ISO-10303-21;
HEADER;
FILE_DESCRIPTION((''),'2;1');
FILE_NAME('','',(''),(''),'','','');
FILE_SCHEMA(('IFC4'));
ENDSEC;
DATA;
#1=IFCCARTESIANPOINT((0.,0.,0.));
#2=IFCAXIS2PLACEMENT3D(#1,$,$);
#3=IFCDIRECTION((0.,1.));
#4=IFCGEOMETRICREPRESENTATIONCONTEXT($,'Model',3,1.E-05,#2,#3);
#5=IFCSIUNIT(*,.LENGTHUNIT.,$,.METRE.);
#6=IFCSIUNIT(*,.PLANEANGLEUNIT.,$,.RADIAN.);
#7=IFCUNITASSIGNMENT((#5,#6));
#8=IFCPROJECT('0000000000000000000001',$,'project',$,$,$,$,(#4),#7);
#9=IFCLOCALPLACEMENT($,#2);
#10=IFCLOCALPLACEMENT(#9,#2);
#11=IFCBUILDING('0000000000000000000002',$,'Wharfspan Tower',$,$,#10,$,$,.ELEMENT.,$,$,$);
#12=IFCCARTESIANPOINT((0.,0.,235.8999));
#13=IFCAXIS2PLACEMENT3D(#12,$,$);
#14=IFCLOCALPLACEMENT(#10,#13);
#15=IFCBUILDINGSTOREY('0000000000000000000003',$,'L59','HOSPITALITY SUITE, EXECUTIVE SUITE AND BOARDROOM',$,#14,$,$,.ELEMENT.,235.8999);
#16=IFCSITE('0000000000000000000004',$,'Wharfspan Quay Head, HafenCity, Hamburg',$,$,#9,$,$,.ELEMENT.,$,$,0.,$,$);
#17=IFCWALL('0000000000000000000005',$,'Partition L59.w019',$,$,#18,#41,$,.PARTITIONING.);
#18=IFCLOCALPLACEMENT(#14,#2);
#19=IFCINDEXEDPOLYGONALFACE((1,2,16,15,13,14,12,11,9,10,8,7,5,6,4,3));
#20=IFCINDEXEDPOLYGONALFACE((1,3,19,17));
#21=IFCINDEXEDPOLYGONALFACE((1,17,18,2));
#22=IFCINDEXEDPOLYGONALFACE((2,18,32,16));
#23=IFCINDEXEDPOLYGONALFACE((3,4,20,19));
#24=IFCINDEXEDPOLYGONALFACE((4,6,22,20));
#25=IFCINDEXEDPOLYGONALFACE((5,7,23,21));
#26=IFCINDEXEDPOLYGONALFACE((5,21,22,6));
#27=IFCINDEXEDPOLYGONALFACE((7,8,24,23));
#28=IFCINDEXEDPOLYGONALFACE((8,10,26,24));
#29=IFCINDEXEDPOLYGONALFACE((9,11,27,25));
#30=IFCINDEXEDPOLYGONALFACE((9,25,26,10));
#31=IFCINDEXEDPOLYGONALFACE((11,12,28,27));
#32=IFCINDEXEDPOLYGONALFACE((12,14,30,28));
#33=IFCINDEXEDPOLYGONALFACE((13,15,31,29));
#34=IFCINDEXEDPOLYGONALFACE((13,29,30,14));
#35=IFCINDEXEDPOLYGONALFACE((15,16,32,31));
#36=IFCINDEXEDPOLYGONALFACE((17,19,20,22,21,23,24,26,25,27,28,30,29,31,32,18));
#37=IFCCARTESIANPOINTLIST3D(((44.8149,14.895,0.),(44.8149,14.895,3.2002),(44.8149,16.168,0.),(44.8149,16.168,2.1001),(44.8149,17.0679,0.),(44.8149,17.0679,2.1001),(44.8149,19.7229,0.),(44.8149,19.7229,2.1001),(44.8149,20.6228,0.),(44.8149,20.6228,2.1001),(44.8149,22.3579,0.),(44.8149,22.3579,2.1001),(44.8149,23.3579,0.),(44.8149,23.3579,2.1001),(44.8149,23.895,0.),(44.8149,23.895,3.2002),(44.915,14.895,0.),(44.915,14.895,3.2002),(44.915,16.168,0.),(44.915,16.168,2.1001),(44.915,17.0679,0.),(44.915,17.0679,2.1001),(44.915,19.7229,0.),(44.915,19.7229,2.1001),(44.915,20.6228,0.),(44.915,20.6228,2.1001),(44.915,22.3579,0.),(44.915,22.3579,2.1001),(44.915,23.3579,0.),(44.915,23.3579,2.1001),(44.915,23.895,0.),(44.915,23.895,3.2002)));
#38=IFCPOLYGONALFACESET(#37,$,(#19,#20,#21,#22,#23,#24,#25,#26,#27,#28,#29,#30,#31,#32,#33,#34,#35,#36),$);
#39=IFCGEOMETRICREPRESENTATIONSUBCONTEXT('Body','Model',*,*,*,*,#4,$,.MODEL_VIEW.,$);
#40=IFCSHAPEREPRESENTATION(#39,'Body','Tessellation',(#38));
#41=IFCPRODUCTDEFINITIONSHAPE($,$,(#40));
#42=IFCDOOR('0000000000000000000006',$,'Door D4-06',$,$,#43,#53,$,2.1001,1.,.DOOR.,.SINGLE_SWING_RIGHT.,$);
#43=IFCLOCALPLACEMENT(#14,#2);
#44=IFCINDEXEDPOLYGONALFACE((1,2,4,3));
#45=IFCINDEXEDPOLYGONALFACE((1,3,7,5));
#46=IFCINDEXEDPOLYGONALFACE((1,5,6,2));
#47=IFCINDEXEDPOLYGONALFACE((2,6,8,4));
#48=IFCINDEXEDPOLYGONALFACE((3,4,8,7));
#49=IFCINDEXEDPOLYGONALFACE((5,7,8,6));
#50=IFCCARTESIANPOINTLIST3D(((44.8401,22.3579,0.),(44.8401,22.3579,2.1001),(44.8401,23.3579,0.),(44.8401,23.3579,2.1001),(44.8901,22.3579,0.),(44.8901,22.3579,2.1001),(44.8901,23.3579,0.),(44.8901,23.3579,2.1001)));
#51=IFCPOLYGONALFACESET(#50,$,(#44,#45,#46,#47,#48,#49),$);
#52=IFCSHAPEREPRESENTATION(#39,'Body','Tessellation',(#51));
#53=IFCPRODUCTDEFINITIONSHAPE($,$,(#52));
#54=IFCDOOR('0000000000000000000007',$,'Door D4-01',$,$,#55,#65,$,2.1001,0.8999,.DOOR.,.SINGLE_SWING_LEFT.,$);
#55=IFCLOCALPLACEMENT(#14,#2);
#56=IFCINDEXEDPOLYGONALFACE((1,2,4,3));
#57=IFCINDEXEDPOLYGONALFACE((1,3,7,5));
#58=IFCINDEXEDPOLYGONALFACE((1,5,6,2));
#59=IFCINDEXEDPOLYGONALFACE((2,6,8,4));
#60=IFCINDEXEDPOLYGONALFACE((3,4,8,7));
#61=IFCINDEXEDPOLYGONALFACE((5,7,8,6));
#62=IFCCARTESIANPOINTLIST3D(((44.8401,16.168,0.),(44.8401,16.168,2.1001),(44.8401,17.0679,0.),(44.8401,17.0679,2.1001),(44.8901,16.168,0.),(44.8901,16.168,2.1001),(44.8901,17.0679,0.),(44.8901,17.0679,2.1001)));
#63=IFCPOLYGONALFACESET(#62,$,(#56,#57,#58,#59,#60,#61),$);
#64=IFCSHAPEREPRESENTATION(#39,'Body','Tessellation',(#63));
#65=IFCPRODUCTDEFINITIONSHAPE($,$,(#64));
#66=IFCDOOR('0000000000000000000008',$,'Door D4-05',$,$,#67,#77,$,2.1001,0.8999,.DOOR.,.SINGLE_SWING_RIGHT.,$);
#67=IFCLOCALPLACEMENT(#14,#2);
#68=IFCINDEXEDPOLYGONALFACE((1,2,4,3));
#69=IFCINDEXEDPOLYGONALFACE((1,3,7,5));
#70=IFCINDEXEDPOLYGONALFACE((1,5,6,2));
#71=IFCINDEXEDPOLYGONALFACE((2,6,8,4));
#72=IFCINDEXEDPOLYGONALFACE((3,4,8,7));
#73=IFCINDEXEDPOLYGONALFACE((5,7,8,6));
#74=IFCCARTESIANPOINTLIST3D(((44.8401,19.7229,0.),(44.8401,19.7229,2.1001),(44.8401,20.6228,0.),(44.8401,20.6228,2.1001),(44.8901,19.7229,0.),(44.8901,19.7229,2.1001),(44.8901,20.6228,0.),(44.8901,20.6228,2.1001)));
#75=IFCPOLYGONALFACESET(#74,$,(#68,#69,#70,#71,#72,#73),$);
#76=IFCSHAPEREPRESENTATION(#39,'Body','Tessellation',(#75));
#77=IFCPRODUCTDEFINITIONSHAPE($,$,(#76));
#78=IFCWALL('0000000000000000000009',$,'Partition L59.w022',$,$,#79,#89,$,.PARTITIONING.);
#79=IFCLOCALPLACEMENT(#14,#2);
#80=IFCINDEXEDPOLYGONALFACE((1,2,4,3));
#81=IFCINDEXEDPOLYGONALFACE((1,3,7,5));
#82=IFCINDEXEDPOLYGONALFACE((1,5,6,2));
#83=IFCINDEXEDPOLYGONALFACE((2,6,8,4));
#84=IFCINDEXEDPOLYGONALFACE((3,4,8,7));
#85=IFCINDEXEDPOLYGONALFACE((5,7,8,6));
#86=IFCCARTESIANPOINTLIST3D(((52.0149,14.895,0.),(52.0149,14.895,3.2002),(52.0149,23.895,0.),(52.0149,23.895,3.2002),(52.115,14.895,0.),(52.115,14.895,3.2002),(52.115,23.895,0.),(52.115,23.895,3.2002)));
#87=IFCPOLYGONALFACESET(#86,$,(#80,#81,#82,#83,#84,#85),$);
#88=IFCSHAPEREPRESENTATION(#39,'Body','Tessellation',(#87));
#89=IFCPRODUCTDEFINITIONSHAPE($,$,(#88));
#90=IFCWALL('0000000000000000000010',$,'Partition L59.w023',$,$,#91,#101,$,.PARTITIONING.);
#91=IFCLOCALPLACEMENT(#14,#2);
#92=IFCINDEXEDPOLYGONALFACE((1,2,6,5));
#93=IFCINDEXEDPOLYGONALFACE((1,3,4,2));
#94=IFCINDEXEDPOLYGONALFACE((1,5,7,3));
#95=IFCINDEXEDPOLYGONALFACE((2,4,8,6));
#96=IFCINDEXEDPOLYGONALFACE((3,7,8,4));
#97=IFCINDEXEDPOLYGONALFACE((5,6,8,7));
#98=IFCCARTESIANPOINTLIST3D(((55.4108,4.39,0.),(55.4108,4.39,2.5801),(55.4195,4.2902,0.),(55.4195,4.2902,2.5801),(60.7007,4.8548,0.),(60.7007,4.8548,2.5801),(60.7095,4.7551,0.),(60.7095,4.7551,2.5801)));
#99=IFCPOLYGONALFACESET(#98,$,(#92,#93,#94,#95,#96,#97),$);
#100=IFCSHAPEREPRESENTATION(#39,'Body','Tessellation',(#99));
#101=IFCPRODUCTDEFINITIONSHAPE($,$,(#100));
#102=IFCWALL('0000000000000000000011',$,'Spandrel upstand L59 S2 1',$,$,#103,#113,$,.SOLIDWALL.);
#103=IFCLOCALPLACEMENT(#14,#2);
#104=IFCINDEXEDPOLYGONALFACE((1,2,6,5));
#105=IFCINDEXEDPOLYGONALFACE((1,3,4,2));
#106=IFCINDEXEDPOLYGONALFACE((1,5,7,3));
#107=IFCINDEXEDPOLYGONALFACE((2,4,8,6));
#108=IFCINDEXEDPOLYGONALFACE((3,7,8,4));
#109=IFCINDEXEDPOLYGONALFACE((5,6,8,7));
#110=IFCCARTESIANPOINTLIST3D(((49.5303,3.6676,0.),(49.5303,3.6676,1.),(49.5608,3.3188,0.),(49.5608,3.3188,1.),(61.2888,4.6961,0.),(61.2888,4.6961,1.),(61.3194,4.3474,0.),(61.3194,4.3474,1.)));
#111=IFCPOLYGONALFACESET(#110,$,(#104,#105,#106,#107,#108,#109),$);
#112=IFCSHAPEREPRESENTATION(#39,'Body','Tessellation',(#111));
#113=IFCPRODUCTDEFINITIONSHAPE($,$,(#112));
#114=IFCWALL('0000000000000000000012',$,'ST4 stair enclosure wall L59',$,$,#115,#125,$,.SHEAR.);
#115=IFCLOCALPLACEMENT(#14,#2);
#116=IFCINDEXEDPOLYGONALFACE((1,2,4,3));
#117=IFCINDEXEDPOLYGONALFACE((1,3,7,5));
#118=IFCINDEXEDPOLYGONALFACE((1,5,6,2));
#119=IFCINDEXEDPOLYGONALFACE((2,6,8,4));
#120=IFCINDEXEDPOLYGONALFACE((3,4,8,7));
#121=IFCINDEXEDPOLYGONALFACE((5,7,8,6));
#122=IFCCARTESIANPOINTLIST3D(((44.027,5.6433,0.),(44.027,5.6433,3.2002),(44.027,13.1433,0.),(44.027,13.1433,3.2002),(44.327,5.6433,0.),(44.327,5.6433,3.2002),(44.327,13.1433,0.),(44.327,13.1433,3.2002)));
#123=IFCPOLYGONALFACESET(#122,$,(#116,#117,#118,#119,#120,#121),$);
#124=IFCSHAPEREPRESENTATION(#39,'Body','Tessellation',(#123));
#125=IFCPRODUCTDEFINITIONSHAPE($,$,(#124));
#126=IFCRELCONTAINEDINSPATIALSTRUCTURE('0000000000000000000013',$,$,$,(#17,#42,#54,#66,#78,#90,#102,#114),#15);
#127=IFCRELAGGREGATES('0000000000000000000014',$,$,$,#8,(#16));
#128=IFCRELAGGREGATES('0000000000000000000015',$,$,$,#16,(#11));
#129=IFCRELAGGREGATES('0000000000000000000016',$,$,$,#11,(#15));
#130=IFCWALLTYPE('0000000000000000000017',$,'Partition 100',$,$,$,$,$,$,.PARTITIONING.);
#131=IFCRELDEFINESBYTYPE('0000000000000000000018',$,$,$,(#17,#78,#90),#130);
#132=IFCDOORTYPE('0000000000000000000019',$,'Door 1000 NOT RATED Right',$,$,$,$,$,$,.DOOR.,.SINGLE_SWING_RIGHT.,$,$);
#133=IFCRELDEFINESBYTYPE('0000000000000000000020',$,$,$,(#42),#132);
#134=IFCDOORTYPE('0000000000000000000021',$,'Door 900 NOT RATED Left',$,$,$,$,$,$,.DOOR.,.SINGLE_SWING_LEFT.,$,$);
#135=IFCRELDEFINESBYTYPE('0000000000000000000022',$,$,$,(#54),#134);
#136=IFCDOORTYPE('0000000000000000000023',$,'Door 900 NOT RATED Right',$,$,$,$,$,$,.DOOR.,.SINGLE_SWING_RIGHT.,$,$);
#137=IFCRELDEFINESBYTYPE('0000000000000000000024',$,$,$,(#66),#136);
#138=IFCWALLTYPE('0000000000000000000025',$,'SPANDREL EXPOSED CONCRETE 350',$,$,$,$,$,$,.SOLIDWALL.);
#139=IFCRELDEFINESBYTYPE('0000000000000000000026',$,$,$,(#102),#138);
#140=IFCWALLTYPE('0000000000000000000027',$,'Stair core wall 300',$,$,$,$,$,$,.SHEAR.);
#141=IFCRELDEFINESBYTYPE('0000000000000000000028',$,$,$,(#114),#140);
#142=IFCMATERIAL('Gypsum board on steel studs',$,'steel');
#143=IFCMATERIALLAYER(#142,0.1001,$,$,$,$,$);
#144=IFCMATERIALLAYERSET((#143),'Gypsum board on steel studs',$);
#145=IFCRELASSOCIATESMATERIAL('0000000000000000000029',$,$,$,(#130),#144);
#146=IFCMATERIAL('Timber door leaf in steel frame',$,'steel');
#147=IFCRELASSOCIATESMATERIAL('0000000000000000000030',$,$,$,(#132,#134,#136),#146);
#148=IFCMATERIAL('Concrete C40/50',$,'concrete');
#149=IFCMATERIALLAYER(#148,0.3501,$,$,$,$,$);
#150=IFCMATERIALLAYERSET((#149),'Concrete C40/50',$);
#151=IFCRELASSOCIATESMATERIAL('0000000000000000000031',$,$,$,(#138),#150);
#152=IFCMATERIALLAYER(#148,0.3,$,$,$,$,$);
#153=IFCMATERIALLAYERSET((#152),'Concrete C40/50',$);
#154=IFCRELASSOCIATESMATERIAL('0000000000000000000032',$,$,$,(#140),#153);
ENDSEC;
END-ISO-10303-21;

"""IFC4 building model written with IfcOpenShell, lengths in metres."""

from ifc_helpers import new_model, si_unit, direction, frame, frame_2d, origin, place, context, subcontext, project, spatial, rectangle, extrude, material, layer, layer_set, type_object, element, fill, save


model = new_model("IFC4")

# Units and contexts
model_context = context("Model", 3, precision=1e-05, world=origin(), true_north=direction((0.0, 1.0)))
body_context = subcontext(model_context, "Body", "Model", "MODEL_VIEW")
ifc_project = project(units=[si_unit("LENGTHUNIT", "METRE"), si_unit("PLANEANGLEUNIT", "RADIAN")], contexts=[model_context])

# Site, building, storey
site_placement = place(None, origin())
site = spatial("IfcSite", under=ifc_project, at=site_placement, Name="Wharfspan Quay Head, HafenCity, Hamburg", CompositionType="ELEMENT", RefElevation=0.0)
building_placement = place(site_placement, origin())
building = spatial("IfcBuilding", under=site, at=building_placement, Name="Wharfspan Tower", CompositionType="ELEMENT")
storey_placement = place(building_placement, frame((0.0, 0.0, 235.8999)))
storey = spatial("IfcBuildingStorey", under=building, at=storey_placement, Name="L59", Description="HOSPITALITY SUITE, EXECUTIVE SUITE AND BOARDROOM", CompositionType="ELEMENT", Elevation=235.8999)

# Shared definitions
ifc_material_1 = material(Name="Gypsum board on steel studs", Category="steel")

# Shared definitions
ifc_layer_1 = layer(ifc_material_1, 0.1001)
ifc_layer_set_1 = layer_set([ifc_layer_1], Name="Gypsum board on steel studs")
wall_type_1 = type_object("IfcWallType", Name="Partition 100", PredefinedType="PARTITIONING", material=ifc_layer_set_1)

# Wall, openings, doors
wall_1_placement = place(storey_placement, frame((44.865, 14.895, 0.0), z_axis=(0.0, 0.0, 1.0), x_axis=(0.0, 1.0, 0.0)))
wall_1 = element("IfcWall", 1, at=wall_1_placement, inside=storey, type_object=wall_type_1, Name="Partition L59.w019", PredefinedType="PARTITIONING", context=body_context, shape_type="SweptSolid", body=[
    extrude(rectangle(XDim=9.0, YDim=0.1001, at=frame_2d((4.5, 0.0))), origin(), (0.0, 0.0, 1.0), 3.2002),
])
opening_1_placement = place(wall_1_placement, frame((1.2729, 0.0, 0.0)))
opening_1 = element("IfcOpeningElement", 2, at=opening_1_placement, cuts=wall_1, PredefinedType="OPENING", context=body_context, shape_type="SweptSolid", body=[
    extrude(rectangle(XDim=0.8999, YDim=2.1001, at=frame_2d((0.45, 1.05))), frame((0.0, 0.0601, 0.0), z_axis=(0.0, -1.0, 0.0), x_axis=(1.0, 0.0, 0.0)), (0.0, 0.0, 1.0), 0.1201),
])
opening_2_placement = place(wall_1_placement, frame((4.8279, 0.0, 0.0)))
opening_2 = element("IfcOpeningElement", 3, at=opening_2_placement, cuts=wall_1, PredefinedType="OPENING", context=body_context, shape_type="SweptSolid", body=[
    extrude(rectangle(XDim=0.8999, YDim=2.1001, at=frame_2d((0.45, 1.05))), frame((0.0, 0.0601, 0.0), z_axis=(0.0, -1.0, 0.0), x_axis=(1.0, 0.0, 0.0)), (0.0, 0.0, 1.0), 0.1201),
])
opening_3_placement = place(wall_1_placement, frame((7.4629, 0.0, 0.0)))
opening_3 = element("IfcOpeningElement", 4, at=opening_3_placement, cuts=wall_1, PredefinedType="OPENING", context=body_context, shape_type="SweptSolid", body=[
    extrude(rectangle(XDim=1.0, YDim=2.1001, at=frame_2d((0.5, 1.05))), frame((0.0, 0.0601, 0.0), z_axis=(0.0, -1.0, 0.0), x_axis=(1.0, 0.0, 0.0)), (0.0, 0.0, 1.0), 0.1201),
])
ifc_material_2 = material(Name="Timber door leaf in steel frame", Category="steel")
door_type_1 = type_object("IfcDoorType", Name="Door 1000 NOT RATED Right", OperationType="SINGLE_SWING_RIGHT", PredefinedType="DOOR", material=ifc_material_2)
door_1_placement = place(opening_3_placement, origin())
door_1 = element("IfcDoor", 5, at=door_1_placement, inside=storey, type_object=door_type_1, Name="Door D4-06", OperationType="SINGLE_SWING_RIGHT", OverallHeight=2.1001, OverallWidth=1.0, PredefinedType="DOOR", context=body_context, shape_type="SweptSolid", body=[
    extrude(rectangle(XDim=1.0, YDim=2.1001, at=frame_2d((0.5, 1.05))), frame((0.0, 0.0249, 0.0), z_axis=(0.0, -1.0, 0.0), x_axis=(1.0, 0.0, 0.0)), (0.0, 0.0, 1.0), 0.05),
])
fill(opening_3, door_1)
door_type_2 = type_object("IfcDoorType", Name="Door 900 NOT RATED Left", OperationType="SINGLE_SWING_LEFT", PredefinedType="DOOR", material=ifc_material_2)
door_2_placement = place(opening_1_placement, origin())
door_2 = element("IfcDoor", 6, at=door_2_placement, inside=storey, type_object=door_type_2, Name="Door D4-01", OperationType="SINGLE_SWING_LEFT", OverallHeight=2.1001, OverallWidth=0.8999, PredefinedType="DOOR", context=body_context, shape_type="SweptSolid", body=[
    extrude(rectangle(XDim=0.8999, YDim=2.1001, at=frame_2d((0.45, 1.05))), frame((0.0, 0.0249, 0.0), z_axis=(0.0, -1.0, 0.0), x_axis=(1.0, 0.0, 0.0)), (0.0, 0.0, 1.0), 0.05),
])
fill(opening_1, door_2)
door_type_3 = type_object("IfcDoorType", Name="Door 900 NOT RATED Right", OperationType="SINGLE_SWING_RIGHT", PredefinedType="DOOR", material=ifc_material_2)
door_3_placement = place(opening_2_placement, origin())
door_3 = element("IfcDoor", 7, at=door_3_placement, inside=storey, type_object=door_type_3, Name="Door D4-05", OperationType="SINGLE_SWING_RIGHT", OverallHeight=2.1001, OverallWidth=0.8999, PredefinedType="DOOR", context=body_context, shape_type="SweptSolid", body=[
    extrude(rectangle(XDim=0.8999, YDim=2.1001, at=frame_2d((0.45, 1.05))), frame((0.0, 0.0249, 0.0), z_axis=(0.0, -1.0, 0.0), x_axis=(1.0, 0.0, 0.0)), (0.0, 0.0, 1.0), 0.05),
])
fill(opening_2, door_3)

# Walls
wall_2_placement = place(storey_placement, frame((52.0649, 14.895, 0.0), z_axis=(0.0, 0.0, 1.0), x_axis=(0.0, 1.0, 0.0)))
element("IfcWall", 8, at=wall_2_placement, inside=storey, type_object=wall_type_1, Name="Partition L59.w022", PredefinedType="PARTITIONING", context=body_context, shape_type="SweptSolid", body=[
    extrude(rectangle(XDim=9.0, YDim=0.1001, at=frame_2d((4.5, 0.0))), origin(), (0.0, 0.0, 1.0), 3.2002),
])
wall_3_placement = place(storey_placement, frame((55.415, 4.3401, 0.0), z_axis=(0.0, 0.0, 1.0), x_axis=(0.996159, 0.087534, 0.0)))
element("IfcWall", 9, at=wall_3_placement, inside=storey, type_object=wall_type_1, Name="Partition L59.w023", PredefinedType="PARTITIONING", context=body_context, shape_type="SweptSolid", body=[
    extrude(rectangle(XDim=5.3103, YDim=0.1001, at=frame_2d((2.6553, 0.0))), origin(), (0.0, 0.0, 1.0), 2.5801),
])
ifc_material_3 = material(Name="Concrete C40/50", Category="concrete")
ifc_layer_2 = layer(ifc_material_3, 0.3501)
ifc_layer_set_2 = layer_set([ifc_layer_2], Name="Concrete C40/50")
wall_type_2 = type_object("IfcWallType", Name="SPANDREL EXPOSED CONCRETE 350", PredefinedType="SOLIDWALL", material=ifc_layer_set_2)
wall_4_placement = place(storey_placement, frame((49.5454, 3.4932, 0.0), z_axis=(0.0, 0.0, 1.0), x_axis=(0.996196, 0.087141, 0.0)))
element("IfcWall", 10, at=wall_4_placement, inside=storey, type_object=wall_type_2, Name="Spandrel upstand L59 S2 1", PredefinedType="SOLIDWALL", context=body_context, shape_type="SweptSolid", body=[
    extrude(rectangle(XDim=11.8035, YDim=0.3501, at=frame_2d((5.9019, 0.0))), origin(), (0.0, 0.0, 1.0), 1.0),
])
ifc_layer_3 = layer(ifc_material_3, 0.3)
ifc_layer_set_3 = layer_set([ifc_layer_3], Name="Concrete C40/50")
wall_type_3 = type_object("IfcWallType", Name="Stair core wall 300", PredefinedType="SHEAR", material=ifc_layer_set_3)
wall_5_placement = place(storey_placement, frame((44.177, 5.6433, 0.0), z_axis=(0.0, 0.0, 1.0), x_axis=(0.0, 1.0, 0.0)))
element("IfcWall", 11, at=wall_5_placement, inside=storey, type_object=wall_type_3, Name="ST4 stair enclosure wall L59", PredefinedType="SHEAR", context=body_context, shape_type="SweptSolid", body=[
    extrude(rectangle(XDim=7.5, YDim=0.3, at=frame_2d((3.75, 0.0))), origin(), (0.0, 0.0, 1.0), 3.2002),
])

save(model, "model.ifc")
